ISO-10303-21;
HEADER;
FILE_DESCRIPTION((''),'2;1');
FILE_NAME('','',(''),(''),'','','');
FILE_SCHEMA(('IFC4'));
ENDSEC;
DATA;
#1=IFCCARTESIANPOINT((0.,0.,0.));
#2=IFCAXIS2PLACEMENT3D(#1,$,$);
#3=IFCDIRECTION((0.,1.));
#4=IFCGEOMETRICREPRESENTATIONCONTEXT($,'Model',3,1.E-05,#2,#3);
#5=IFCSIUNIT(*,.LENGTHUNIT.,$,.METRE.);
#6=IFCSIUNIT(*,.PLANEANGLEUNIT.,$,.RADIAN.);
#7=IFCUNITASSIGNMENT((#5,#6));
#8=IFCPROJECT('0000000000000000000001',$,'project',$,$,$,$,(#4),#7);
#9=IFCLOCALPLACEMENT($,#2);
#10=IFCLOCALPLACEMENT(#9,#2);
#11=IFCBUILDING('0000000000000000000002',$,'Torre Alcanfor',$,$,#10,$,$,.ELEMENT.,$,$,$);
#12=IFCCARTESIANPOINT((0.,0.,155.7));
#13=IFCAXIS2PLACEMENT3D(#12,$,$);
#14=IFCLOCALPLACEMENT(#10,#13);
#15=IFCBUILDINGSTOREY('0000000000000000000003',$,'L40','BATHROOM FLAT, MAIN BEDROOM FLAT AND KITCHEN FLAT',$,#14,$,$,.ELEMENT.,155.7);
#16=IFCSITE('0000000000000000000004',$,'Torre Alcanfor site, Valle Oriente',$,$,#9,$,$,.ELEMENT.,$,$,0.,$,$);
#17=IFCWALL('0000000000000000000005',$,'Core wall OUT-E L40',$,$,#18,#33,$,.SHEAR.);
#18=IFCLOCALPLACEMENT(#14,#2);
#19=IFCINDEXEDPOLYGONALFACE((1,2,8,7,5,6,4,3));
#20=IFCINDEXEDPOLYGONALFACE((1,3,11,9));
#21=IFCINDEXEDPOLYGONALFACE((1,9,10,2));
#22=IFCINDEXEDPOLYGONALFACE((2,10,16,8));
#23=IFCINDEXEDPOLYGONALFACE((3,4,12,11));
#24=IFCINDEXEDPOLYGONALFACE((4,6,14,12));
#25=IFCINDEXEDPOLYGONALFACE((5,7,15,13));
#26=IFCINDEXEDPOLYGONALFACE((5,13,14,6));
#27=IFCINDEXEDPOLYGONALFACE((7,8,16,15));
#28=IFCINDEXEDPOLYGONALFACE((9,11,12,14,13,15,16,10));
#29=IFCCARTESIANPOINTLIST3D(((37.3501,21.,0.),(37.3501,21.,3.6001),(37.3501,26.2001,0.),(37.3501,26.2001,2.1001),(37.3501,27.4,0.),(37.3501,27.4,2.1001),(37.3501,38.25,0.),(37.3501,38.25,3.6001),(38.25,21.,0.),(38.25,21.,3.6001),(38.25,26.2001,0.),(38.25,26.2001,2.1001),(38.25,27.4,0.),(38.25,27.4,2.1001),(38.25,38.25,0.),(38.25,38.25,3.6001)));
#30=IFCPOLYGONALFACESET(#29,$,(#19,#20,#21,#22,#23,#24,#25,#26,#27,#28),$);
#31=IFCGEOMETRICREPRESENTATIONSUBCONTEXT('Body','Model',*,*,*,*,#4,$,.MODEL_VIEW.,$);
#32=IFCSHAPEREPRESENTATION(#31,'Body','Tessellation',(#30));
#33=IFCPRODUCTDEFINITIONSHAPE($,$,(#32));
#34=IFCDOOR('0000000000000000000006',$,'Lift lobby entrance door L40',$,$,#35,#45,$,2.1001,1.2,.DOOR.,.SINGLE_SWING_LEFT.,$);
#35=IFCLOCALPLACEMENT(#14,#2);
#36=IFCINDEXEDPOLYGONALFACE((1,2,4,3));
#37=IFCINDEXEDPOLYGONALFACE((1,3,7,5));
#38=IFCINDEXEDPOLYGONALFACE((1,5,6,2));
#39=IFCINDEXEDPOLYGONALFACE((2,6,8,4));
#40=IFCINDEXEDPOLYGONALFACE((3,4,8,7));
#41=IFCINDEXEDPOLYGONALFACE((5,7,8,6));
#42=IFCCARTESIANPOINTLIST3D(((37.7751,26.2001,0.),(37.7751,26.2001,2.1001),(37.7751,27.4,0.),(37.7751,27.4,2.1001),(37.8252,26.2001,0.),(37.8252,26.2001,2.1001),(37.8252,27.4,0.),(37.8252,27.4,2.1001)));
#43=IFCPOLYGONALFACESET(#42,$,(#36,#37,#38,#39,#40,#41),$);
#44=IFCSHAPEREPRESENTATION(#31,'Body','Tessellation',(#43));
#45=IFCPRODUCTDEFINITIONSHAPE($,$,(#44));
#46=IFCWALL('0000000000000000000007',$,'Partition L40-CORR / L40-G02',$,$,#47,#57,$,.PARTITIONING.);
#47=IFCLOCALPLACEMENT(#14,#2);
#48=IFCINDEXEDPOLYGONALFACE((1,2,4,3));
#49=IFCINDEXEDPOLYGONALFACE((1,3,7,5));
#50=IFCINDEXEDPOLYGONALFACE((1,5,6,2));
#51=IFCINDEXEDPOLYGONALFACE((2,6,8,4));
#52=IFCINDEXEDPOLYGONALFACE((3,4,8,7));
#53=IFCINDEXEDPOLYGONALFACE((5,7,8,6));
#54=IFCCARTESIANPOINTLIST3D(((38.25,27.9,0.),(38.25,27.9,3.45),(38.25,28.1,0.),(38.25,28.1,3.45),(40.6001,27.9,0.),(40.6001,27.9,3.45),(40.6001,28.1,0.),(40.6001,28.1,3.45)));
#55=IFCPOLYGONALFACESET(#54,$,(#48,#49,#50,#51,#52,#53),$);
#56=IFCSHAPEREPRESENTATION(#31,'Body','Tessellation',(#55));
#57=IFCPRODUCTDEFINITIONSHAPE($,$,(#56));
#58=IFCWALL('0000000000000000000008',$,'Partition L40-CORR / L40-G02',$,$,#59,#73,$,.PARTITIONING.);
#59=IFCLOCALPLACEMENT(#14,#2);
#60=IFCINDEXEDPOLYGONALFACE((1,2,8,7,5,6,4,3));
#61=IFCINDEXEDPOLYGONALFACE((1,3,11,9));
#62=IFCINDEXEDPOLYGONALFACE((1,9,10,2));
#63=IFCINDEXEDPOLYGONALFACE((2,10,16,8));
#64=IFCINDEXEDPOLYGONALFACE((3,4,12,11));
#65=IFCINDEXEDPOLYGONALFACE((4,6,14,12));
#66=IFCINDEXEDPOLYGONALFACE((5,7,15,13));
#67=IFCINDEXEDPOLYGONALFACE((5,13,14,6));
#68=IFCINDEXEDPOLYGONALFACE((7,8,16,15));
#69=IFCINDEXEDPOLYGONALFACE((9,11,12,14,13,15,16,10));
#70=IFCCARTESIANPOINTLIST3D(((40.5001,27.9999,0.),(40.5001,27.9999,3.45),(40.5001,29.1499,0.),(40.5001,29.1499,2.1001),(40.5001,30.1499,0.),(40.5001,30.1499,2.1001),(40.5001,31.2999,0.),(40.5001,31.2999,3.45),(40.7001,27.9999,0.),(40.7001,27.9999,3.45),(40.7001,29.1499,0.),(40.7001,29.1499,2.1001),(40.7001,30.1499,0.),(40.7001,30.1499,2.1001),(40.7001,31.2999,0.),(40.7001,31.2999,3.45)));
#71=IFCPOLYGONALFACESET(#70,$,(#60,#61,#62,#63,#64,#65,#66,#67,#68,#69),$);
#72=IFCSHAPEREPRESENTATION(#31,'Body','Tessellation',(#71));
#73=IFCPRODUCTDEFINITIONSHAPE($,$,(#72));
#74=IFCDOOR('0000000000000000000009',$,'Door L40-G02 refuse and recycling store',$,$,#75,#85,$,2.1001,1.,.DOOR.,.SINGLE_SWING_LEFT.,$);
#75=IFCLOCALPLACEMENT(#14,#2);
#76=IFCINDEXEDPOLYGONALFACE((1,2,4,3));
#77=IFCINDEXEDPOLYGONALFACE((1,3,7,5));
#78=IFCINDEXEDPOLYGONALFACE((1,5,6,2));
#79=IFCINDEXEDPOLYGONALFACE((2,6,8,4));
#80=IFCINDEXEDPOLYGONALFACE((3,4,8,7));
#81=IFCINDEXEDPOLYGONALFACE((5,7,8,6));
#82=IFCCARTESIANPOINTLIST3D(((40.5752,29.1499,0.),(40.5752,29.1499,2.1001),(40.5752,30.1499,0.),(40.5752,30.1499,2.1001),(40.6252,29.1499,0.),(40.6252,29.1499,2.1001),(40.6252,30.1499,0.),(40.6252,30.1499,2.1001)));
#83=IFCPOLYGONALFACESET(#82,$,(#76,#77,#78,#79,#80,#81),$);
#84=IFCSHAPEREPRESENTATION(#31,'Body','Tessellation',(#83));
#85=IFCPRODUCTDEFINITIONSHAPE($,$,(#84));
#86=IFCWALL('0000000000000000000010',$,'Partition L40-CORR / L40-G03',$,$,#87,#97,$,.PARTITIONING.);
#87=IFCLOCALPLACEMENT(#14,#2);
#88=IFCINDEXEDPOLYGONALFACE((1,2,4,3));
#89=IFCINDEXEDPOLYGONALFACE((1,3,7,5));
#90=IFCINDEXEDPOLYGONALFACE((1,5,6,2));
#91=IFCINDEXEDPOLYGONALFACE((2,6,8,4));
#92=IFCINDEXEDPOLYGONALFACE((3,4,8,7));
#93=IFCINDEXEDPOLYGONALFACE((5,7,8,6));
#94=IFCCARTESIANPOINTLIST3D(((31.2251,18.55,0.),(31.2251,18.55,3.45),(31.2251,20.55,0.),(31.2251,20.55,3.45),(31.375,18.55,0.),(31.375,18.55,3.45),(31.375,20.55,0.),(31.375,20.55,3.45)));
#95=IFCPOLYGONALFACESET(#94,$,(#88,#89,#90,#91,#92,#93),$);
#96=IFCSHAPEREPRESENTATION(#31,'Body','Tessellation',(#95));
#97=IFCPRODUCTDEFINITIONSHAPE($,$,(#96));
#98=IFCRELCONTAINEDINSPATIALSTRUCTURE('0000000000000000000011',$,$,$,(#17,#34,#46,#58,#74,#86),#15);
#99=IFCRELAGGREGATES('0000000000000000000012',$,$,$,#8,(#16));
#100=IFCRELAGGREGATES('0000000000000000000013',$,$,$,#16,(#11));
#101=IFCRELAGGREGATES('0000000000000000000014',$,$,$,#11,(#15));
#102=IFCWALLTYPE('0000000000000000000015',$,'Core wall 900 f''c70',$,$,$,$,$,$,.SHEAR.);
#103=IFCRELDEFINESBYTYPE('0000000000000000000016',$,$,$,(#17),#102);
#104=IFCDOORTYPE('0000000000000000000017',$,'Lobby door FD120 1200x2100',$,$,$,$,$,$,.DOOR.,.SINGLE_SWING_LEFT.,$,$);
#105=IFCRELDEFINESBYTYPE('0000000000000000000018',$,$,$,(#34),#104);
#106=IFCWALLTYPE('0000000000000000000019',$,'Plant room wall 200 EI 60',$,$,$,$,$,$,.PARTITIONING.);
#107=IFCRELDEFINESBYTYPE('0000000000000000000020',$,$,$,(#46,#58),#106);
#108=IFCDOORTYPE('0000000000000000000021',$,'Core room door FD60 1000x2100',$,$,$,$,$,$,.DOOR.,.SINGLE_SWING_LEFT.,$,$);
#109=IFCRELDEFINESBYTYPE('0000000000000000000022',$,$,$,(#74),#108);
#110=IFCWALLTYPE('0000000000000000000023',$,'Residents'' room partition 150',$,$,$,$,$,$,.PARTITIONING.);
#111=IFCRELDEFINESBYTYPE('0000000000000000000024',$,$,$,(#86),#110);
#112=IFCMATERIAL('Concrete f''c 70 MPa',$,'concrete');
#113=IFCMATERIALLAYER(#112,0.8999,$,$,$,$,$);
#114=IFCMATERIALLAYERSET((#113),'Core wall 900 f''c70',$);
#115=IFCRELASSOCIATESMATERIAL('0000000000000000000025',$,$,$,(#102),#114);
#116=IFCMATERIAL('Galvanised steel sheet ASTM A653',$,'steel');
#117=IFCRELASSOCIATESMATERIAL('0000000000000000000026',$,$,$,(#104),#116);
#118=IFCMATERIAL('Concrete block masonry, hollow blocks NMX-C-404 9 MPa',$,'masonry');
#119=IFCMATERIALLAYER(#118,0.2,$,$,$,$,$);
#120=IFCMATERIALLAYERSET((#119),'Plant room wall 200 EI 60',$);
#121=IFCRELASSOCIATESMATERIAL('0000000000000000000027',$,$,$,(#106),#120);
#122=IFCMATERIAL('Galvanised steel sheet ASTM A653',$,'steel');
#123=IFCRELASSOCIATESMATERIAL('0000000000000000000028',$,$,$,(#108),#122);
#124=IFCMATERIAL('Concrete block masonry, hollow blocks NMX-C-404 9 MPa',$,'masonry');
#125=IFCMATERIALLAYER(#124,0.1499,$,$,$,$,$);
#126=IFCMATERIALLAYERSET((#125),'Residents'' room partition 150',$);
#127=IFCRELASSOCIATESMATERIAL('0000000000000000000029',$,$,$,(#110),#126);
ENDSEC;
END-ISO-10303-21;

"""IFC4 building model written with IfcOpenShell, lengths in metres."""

from ifc_helpers import new_model, si_unit, direction, frame, frame_2d, origin, place, context, subcontext, project, spatial, rectangle, extrude, material, layer, layer_set, type_object, element, fill, save


model = new_model("IFC4")

# Units and contexts
model_context = context("Model", 3, precision=1e-05, world=origin(), true_north=direction((0.0, 1.0)))
body_context = subcontext(model_context, "Body", "Model", "MODEL_VIEW")
ifc_project = project(units=[si_unit("LENGTHUNIT", "METRE"), si_unit("PLANEANGLEUNIT", "RADIAN")], contexts=[model_context])

# Site, building, storey
site_placement = place(None, origin())
site = spatial("IfcSite", under=ifc_project, at=site_placement, Name="Torre Alcanfor site, Valle Oriente", CompositionType="ELEMENT", RefElevation=0.0)
building_placement = place(site_placement, origin())
building = spatial("IfcBuilding", under=site, at=building_placement, Name="Torre Alcanfor", CompositionType="ELEMENT")
storey_placement = place(building_placement, frame((0.0, 0.0, 155.7)))
storey = spatial("IfcBuildingStorey", under=building, at=storey_placement, Name="L40", Description="BATHROOM FLAT, MAIN BEDROOM FLAT AND KITCHEN FLAT", CompositionType="ELEMENT", Elevation=155.7)

# Wall, opening, door
ifc_material_1 = material(Name="Concrete f'c 70 MPa", Category="concrete")
ifc_layer_1 = layer(ifc_material_1, 0.8999)
ifc_layer_set_1 = layer_set([ifc_layer_1], Name="Core wall 900 f'c70")
wall_type_1 = type_object("IfcWallType", Name="Core wall 900 f'c70", PredefinedType="SHEAR", material=ifc_layer_set_1)
wall_1_placement = place(storey_placement, frame((37.8, 21.0, 0.0), z_axis=(0.0, 0.0, 1.0), x_axis=(0.0, 1.0, 0.0)))
wall_1 = element("IfcWall", 1, at=wall_1_placement, inside=storey, type_object=wall_type_1, Name="Core wall OUT-E L40", PredefinedType="SHEAR", context=body_context, shape_type="SweptSolid", body=[
    extrude(rectangle(XDim=17.25, YDim=0.8999, at=frame_2d((8.625, 0.0))), origin(), (0.0, 0.0, 1.0), 3.6001),
])
opening_1_placement = place(wall_1_placement, frame((5.2, 0.0, 0.0)))
opening_1 = element("IfcOpeningElement", 2, at=opening_1_placement, cuts=wall_1, PredefinedType="OPENING", context=body_context, shape_type="SweptSolid", body=[
    extrude(rectangle(XDim=1.2, YDim=2.1001, at=frame_2d((0.6001, 1.05))), frame((0.0, 0.46, 0.0), z_axis=(0.0, -1.0, 0.0), x_axis=(1.0, 0.0, 0.0)), (0.0, 0.0, 1.0), 0.9199),
])
ifc_material_2 = material(Name="Galvanised steel sheet ASTM A653", Category="steel")
door_type_1 = type_object("IfcDoorType", Name="Lobby door FD120 1200x2100", OperationType="SINGLE_SWING_LEFT", PredefinedType="DOOR", material=ifc_material_2)
door_1_placement = place(opening_1_placement, origin())
door_1 = element("IfcDoor", 3, at=door_1_placement, inside=storey, type_object=door_type_1, Name="Lift lobby entrance door L40", OperationType="SINGLE_SWING_LEFT", OverallHeight=2.1001, OverallWidth=1.2, PredefinedType="DOOR", context=body_context, shape_type="SweptSolid", body=[
    extrude(rectangle(XDim=1.2, YDim=2.1001, at=frame_2d((0.6001, 1.05))), frame((0.0, 0.0249, 0.0), z_axis=(0.0, -1.0, 0.0), x_axis=(1.0, 0.0, 0.0)), (0.0, 0.0, 1.0), 0.05),
])
fill(opening_1, door_1)

# Wall
ifc_material_3 = material(Name="Concrete block masonry, hollow blocks NMX-C-404 9 MPa", Category="masonry")
ifc_layer_2 = layer(ifc_material_3, 0.2)
ifc_layer_set_2 = layer_set([ifc_layer_2], Name="Plant room wall 200 EI 60")
wall_type_2 = type_object("IfcWallType", Name="Plant room wall 200 EI 60", PredefinedType="PARTITIONING", material=ifc_layer_set_2)
wall_2_placement = place(storey_placement, frame((38.25, 28.0, 0.0), z_axis=(0.0, 0.0, 1.0), x_axis=(1.0, 0.0, 0.0)))
element("IfcWall", 4, at=wall_2_placement, inside=storey, type_object=wall_type_2, Name="Partition L40-CORR / L40-G02", PredefinedType="PARTITIONING", context=body_context, shape_type="SweptSolid", body=[
    extrude(rectangle(XDim=2.3501, YDim=0.2, at=frame_2d((1.175, 0.0))), origin(), (0.0, 0.0, 1.0), 3.45),
])

# Wall, opening, door
wall_3_placement = place(storey_placement, frame((40.6001, 28.0, 0.0), z_axis=(0.0, 0.0, 1.0), x_axis=(0.0, 1.0, 0.0)))
wall_3 = element("IfcWall", 5, at=wall_3_placement, inside=storey, type_object=wall_type_2, Name="Partition L40-CORR / L40-G02", PredefinedType="PARTITIONING", context=body_context, shape_type="SweptSolid", body=[
    extrude(rectangle(XDim=3.3, YDim=0.2, at=frame_2d((1.6499, 0.0))), origin(), (0.0, 0.0, 1.0), 3.45),
])
opening_2_placement = place(wall_3_placement, frame((1.1499, 0.0, 0.0)))
opening_2 = element("IfcOpeningElement", 6, at=opening_2_placement, cuts=wall_3, PredefinedType="OPENING", context=body_context, shape_type="SweptSolid", body=[
    extrude(rectangle(XDim=1.0, YDim=2.1001, at=frame_2d((0.5, 1.05))), frame((0.0, 0.1099, 0.0), z_axis=(0.0, -1.0, 0.0), x_axis=(1.0, 0.0, 0.0)), (0.0, 0.0, 1.0), 0.22),
])
ifc_material_4 = material(Name="Galvanised steel sheet ASTM A653", Category="steel")
door_type_2 = type_object("IfcDoorType", Name="Core room door FD60 1000x2100", OperationType="SINGLE_SWING_LEFT", PredefinedType="DOOR", material=ifc_material_4)
door_2_placement = place(opening_2_placement, origin())
door_2 = element("IfcDoor", 7, at=door_2_placement, inside=storey, type_object=door_type_2, Name="Door L40-G02 refuse and recycling store", OperationType="SINGLE_SWING_LEFT", OverallHeight=2.1001, OverallWidth=1.0, PredefinedType="DOOR", context=body_context, shape_type="SweptSolid", body=[
    extrude(rectangle(XDim=1.0, YDim=2.1001, at=frame_2d((0.5, 1.05))), frame((0.0, 0.0249, 0.0), z_axis=(0.0, -1.0, 0.0), x_axis=(1.0, 0.0, 0.0)), (0.0, 0.0, 1.0), 0.05),
])
fill(opening_2, door_2)

# Wall
ifc_material_5 = material(Name="Concrete block masonry, hollow blocks NMX-C-404 9 MPa", Category="masonry")
ifc_layer_3 = layer(ifc_material_5, 0.1499)
ifc_layer_set_3 = layer_set([ifc_layer_3], Name="Residents' room partition 150")
wall_type_3 = type_object("IfcWallType", Name="Residents' room partition 150", PredefinedType="PARTITIONING", material=ifc_layer_set_3)
wall_4_placement = place(storey_placement, frame((31.3, 18.55, 0.0), z_axis=(0.0, 0.0, 1.0), x_axis=(0.0, 1.0, 0.0)))
element("IfcWall", 8, at=wall_4_placement, inside=storey, type_object=wall_type_3, Name="Partition L40-CORR / L40-G03", PredefinedType="PARTITIONING", context=body_context, shape_type="SweptSolid", body=[
    extrude(rectangle(XDim=2.0, YDim=0.1499, at=frame_2d((1.0, 0.0))), origin(), (0.0, 0.0, 1.0), 3.45),
])

save(model, "model.ifc")
